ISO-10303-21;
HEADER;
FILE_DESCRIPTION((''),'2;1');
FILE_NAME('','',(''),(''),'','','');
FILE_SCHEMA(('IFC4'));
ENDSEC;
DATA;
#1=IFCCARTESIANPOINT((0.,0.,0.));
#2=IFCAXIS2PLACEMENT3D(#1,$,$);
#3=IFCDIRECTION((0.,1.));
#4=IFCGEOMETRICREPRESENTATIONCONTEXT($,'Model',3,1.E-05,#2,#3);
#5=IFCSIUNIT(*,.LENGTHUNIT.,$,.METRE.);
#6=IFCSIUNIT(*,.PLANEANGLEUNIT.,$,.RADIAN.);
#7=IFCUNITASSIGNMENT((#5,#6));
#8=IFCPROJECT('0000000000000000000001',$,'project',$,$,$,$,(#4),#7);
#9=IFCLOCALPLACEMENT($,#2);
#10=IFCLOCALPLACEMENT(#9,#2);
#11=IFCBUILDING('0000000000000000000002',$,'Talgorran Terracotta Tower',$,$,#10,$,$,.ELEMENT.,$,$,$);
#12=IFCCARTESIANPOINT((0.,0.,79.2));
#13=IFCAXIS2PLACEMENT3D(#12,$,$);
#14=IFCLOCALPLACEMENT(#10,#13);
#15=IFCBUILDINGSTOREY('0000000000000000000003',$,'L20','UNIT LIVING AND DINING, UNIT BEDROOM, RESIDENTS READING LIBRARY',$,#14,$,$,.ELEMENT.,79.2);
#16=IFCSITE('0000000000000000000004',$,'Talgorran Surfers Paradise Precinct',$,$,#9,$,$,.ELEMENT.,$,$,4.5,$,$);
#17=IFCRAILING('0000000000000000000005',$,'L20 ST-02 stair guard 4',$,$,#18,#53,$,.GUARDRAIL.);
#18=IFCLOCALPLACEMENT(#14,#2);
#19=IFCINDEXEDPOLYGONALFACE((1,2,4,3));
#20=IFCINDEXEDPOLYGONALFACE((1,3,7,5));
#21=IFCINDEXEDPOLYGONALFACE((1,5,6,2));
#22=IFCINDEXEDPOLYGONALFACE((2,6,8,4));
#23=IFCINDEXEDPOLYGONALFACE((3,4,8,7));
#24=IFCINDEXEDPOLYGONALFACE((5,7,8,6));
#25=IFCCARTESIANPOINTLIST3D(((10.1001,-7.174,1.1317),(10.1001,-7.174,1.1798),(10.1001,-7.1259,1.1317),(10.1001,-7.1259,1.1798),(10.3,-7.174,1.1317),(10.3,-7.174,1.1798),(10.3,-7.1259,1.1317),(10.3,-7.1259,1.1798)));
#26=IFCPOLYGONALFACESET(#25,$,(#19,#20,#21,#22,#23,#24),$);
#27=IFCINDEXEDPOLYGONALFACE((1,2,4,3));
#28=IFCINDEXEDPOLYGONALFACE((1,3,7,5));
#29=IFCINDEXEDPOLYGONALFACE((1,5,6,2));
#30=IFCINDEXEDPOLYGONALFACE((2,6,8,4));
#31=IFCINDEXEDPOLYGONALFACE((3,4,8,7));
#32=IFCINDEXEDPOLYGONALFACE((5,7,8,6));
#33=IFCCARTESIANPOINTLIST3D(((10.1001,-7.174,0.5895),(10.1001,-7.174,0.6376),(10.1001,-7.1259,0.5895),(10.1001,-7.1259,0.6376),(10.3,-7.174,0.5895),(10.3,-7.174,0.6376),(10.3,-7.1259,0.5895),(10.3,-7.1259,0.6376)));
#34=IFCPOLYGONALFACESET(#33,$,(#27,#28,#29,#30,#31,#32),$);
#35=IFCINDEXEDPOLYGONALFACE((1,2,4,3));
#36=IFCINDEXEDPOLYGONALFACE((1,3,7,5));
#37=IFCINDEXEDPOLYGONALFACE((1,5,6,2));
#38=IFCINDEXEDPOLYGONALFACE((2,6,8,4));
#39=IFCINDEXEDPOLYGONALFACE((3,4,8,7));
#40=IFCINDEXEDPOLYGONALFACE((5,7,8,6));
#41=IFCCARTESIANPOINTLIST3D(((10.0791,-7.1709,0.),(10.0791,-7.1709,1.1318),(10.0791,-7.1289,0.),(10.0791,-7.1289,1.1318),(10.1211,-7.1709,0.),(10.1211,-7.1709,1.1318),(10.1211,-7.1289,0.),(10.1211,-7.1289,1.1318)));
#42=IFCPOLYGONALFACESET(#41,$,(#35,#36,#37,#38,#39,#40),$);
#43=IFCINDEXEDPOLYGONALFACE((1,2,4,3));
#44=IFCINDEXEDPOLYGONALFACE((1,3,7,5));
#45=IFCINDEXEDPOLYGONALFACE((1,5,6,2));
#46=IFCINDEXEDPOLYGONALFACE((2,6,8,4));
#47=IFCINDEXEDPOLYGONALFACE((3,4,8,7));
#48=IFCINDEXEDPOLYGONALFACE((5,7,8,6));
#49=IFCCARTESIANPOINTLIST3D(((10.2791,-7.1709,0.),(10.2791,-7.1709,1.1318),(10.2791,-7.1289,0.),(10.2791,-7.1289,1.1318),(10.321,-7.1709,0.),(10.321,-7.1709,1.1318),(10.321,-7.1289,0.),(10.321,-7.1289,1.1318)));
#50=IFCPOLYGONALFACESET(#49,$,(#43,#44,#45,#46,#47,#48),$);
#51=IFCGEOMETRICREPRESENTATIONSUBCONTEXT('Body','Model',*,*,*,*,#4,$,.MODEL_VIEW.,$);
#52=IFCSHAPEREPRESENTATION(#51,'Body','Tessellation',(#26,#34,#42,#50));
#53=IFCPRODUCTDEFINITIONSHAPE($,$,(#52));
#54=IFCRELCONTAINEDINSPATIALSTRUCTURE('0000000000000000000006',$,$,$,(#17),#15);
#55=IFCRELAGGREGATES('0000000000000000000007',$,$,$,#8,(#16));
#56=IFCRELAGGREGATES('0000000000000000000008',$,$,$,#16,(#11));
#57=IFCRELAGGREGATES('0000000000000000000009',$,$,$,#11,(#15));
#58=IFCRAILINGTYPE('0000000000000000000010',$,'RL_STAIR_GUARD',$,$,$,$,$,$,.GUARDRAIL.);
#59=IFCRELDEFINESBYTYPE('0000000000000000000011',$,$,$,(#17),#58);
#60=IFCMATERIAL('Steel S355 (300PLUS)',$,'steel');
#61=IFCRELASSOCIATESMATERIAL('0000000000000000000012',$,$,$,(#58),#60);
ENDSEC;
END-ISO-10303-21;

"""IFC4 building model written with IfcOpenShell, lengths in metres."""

from ifc_helpers import new_model, si_unit, direction, frame, origin, origin_2d, place, context, subcontext, project, spatial, rectangle, extrude, material, type_object, element, save


model = new_model("IFC4")

# Units and contexts
model_context = context("Model", 3, precision=1e-05, world=origin(), true_north=direction((0.0, 1.0)))
body_context = subcontext(model_context, "Body", "Model", "MODEL_VIEW")
ifc_project = project(units=[si_unit("LENGTHUNIT", "METRE"), si_unit("PLANEANGLEUNIT", "RADIAN")], contexts=[model_context])

# Site, building, storey
site_placement = place(None, origin())
site = spatial("IfcSite", under=ifc_project, at=site_placement, Name="Talgorran Surfers Paradise Precinct", CompositionType="ELEMENT", RefElevation=4.5)
building_placement = place(site_placement, origin())
building = spatial("IfcBuilding", under=site, at=building_placement, Name="Talgorran Terracotta Tower", CompositionType="ELEMENT")
storey_placement = place(building_placement, frame((0.0, 0.0, 79.2)))
storey = spatial("IfcBuildingStorey", under=building, at=storey_placement, Name="L20", Description="UNIT LIVING AND DINING, UNIT BEDROOM, RESIDENTS READING LIBRARY", CompositionType="ELEMENT", Elevation=79.2)

# Shared definitions
ifc_material_1 = material(Name="Steel S355 (300PLUS)", Category="steel")

# Railing
railing_type_1 = type_object("IfcRailingType", Name="RL_STAIR_GUARD", PredefinedType="GUARDRAIL", material=ifc_material_1)
railing_1_placement = place(storey_placement, frame((10.1001, -7.1499, 0.0)))
element("IfcRailing", 1, at=railing_1_placement, inside=storey, type_object=railing_type_1, Name="L20 ST-02 stair guard 4", PredefinedType="GUARDRAIL", context=body_context, shape_type="SweptSolid", body=[
    extrude(rectangle(XDim=0.0481, YDim=0.0481, at=origin_2d()), frame((0.0, 0.0, 1.1558), z_axis=(1.0, 0.0, 0.0), x_axis=(0.0, 1.0, 0.0)), (0.0, 0.0, 1.0), 0.2),
    extrude(rectangle(XDim=0.0481, YDim=0.0481, at=origin_2d()), frame((0.0, 0.0, 0.6135), z_axis=(1.0, 0.0, 0.0), x_axis=(0.0, 1.0, 0.0)), (0.0, 0.0, 1.0), 0.2),
    extrude(rectangle(XDim=0.042, YDim=0.042, at=origin_2d()), origin(), (0.0, 0.0, 1.0), 1.1318),
    extrude(rectangle(XDim=0.042, YDim=0.042, at=origin_2d()), frame((0.2, 0.0, 0.0)), (0.0, 0.0, 1.0), 1.1318),
])

save(model, "model.ifc")
